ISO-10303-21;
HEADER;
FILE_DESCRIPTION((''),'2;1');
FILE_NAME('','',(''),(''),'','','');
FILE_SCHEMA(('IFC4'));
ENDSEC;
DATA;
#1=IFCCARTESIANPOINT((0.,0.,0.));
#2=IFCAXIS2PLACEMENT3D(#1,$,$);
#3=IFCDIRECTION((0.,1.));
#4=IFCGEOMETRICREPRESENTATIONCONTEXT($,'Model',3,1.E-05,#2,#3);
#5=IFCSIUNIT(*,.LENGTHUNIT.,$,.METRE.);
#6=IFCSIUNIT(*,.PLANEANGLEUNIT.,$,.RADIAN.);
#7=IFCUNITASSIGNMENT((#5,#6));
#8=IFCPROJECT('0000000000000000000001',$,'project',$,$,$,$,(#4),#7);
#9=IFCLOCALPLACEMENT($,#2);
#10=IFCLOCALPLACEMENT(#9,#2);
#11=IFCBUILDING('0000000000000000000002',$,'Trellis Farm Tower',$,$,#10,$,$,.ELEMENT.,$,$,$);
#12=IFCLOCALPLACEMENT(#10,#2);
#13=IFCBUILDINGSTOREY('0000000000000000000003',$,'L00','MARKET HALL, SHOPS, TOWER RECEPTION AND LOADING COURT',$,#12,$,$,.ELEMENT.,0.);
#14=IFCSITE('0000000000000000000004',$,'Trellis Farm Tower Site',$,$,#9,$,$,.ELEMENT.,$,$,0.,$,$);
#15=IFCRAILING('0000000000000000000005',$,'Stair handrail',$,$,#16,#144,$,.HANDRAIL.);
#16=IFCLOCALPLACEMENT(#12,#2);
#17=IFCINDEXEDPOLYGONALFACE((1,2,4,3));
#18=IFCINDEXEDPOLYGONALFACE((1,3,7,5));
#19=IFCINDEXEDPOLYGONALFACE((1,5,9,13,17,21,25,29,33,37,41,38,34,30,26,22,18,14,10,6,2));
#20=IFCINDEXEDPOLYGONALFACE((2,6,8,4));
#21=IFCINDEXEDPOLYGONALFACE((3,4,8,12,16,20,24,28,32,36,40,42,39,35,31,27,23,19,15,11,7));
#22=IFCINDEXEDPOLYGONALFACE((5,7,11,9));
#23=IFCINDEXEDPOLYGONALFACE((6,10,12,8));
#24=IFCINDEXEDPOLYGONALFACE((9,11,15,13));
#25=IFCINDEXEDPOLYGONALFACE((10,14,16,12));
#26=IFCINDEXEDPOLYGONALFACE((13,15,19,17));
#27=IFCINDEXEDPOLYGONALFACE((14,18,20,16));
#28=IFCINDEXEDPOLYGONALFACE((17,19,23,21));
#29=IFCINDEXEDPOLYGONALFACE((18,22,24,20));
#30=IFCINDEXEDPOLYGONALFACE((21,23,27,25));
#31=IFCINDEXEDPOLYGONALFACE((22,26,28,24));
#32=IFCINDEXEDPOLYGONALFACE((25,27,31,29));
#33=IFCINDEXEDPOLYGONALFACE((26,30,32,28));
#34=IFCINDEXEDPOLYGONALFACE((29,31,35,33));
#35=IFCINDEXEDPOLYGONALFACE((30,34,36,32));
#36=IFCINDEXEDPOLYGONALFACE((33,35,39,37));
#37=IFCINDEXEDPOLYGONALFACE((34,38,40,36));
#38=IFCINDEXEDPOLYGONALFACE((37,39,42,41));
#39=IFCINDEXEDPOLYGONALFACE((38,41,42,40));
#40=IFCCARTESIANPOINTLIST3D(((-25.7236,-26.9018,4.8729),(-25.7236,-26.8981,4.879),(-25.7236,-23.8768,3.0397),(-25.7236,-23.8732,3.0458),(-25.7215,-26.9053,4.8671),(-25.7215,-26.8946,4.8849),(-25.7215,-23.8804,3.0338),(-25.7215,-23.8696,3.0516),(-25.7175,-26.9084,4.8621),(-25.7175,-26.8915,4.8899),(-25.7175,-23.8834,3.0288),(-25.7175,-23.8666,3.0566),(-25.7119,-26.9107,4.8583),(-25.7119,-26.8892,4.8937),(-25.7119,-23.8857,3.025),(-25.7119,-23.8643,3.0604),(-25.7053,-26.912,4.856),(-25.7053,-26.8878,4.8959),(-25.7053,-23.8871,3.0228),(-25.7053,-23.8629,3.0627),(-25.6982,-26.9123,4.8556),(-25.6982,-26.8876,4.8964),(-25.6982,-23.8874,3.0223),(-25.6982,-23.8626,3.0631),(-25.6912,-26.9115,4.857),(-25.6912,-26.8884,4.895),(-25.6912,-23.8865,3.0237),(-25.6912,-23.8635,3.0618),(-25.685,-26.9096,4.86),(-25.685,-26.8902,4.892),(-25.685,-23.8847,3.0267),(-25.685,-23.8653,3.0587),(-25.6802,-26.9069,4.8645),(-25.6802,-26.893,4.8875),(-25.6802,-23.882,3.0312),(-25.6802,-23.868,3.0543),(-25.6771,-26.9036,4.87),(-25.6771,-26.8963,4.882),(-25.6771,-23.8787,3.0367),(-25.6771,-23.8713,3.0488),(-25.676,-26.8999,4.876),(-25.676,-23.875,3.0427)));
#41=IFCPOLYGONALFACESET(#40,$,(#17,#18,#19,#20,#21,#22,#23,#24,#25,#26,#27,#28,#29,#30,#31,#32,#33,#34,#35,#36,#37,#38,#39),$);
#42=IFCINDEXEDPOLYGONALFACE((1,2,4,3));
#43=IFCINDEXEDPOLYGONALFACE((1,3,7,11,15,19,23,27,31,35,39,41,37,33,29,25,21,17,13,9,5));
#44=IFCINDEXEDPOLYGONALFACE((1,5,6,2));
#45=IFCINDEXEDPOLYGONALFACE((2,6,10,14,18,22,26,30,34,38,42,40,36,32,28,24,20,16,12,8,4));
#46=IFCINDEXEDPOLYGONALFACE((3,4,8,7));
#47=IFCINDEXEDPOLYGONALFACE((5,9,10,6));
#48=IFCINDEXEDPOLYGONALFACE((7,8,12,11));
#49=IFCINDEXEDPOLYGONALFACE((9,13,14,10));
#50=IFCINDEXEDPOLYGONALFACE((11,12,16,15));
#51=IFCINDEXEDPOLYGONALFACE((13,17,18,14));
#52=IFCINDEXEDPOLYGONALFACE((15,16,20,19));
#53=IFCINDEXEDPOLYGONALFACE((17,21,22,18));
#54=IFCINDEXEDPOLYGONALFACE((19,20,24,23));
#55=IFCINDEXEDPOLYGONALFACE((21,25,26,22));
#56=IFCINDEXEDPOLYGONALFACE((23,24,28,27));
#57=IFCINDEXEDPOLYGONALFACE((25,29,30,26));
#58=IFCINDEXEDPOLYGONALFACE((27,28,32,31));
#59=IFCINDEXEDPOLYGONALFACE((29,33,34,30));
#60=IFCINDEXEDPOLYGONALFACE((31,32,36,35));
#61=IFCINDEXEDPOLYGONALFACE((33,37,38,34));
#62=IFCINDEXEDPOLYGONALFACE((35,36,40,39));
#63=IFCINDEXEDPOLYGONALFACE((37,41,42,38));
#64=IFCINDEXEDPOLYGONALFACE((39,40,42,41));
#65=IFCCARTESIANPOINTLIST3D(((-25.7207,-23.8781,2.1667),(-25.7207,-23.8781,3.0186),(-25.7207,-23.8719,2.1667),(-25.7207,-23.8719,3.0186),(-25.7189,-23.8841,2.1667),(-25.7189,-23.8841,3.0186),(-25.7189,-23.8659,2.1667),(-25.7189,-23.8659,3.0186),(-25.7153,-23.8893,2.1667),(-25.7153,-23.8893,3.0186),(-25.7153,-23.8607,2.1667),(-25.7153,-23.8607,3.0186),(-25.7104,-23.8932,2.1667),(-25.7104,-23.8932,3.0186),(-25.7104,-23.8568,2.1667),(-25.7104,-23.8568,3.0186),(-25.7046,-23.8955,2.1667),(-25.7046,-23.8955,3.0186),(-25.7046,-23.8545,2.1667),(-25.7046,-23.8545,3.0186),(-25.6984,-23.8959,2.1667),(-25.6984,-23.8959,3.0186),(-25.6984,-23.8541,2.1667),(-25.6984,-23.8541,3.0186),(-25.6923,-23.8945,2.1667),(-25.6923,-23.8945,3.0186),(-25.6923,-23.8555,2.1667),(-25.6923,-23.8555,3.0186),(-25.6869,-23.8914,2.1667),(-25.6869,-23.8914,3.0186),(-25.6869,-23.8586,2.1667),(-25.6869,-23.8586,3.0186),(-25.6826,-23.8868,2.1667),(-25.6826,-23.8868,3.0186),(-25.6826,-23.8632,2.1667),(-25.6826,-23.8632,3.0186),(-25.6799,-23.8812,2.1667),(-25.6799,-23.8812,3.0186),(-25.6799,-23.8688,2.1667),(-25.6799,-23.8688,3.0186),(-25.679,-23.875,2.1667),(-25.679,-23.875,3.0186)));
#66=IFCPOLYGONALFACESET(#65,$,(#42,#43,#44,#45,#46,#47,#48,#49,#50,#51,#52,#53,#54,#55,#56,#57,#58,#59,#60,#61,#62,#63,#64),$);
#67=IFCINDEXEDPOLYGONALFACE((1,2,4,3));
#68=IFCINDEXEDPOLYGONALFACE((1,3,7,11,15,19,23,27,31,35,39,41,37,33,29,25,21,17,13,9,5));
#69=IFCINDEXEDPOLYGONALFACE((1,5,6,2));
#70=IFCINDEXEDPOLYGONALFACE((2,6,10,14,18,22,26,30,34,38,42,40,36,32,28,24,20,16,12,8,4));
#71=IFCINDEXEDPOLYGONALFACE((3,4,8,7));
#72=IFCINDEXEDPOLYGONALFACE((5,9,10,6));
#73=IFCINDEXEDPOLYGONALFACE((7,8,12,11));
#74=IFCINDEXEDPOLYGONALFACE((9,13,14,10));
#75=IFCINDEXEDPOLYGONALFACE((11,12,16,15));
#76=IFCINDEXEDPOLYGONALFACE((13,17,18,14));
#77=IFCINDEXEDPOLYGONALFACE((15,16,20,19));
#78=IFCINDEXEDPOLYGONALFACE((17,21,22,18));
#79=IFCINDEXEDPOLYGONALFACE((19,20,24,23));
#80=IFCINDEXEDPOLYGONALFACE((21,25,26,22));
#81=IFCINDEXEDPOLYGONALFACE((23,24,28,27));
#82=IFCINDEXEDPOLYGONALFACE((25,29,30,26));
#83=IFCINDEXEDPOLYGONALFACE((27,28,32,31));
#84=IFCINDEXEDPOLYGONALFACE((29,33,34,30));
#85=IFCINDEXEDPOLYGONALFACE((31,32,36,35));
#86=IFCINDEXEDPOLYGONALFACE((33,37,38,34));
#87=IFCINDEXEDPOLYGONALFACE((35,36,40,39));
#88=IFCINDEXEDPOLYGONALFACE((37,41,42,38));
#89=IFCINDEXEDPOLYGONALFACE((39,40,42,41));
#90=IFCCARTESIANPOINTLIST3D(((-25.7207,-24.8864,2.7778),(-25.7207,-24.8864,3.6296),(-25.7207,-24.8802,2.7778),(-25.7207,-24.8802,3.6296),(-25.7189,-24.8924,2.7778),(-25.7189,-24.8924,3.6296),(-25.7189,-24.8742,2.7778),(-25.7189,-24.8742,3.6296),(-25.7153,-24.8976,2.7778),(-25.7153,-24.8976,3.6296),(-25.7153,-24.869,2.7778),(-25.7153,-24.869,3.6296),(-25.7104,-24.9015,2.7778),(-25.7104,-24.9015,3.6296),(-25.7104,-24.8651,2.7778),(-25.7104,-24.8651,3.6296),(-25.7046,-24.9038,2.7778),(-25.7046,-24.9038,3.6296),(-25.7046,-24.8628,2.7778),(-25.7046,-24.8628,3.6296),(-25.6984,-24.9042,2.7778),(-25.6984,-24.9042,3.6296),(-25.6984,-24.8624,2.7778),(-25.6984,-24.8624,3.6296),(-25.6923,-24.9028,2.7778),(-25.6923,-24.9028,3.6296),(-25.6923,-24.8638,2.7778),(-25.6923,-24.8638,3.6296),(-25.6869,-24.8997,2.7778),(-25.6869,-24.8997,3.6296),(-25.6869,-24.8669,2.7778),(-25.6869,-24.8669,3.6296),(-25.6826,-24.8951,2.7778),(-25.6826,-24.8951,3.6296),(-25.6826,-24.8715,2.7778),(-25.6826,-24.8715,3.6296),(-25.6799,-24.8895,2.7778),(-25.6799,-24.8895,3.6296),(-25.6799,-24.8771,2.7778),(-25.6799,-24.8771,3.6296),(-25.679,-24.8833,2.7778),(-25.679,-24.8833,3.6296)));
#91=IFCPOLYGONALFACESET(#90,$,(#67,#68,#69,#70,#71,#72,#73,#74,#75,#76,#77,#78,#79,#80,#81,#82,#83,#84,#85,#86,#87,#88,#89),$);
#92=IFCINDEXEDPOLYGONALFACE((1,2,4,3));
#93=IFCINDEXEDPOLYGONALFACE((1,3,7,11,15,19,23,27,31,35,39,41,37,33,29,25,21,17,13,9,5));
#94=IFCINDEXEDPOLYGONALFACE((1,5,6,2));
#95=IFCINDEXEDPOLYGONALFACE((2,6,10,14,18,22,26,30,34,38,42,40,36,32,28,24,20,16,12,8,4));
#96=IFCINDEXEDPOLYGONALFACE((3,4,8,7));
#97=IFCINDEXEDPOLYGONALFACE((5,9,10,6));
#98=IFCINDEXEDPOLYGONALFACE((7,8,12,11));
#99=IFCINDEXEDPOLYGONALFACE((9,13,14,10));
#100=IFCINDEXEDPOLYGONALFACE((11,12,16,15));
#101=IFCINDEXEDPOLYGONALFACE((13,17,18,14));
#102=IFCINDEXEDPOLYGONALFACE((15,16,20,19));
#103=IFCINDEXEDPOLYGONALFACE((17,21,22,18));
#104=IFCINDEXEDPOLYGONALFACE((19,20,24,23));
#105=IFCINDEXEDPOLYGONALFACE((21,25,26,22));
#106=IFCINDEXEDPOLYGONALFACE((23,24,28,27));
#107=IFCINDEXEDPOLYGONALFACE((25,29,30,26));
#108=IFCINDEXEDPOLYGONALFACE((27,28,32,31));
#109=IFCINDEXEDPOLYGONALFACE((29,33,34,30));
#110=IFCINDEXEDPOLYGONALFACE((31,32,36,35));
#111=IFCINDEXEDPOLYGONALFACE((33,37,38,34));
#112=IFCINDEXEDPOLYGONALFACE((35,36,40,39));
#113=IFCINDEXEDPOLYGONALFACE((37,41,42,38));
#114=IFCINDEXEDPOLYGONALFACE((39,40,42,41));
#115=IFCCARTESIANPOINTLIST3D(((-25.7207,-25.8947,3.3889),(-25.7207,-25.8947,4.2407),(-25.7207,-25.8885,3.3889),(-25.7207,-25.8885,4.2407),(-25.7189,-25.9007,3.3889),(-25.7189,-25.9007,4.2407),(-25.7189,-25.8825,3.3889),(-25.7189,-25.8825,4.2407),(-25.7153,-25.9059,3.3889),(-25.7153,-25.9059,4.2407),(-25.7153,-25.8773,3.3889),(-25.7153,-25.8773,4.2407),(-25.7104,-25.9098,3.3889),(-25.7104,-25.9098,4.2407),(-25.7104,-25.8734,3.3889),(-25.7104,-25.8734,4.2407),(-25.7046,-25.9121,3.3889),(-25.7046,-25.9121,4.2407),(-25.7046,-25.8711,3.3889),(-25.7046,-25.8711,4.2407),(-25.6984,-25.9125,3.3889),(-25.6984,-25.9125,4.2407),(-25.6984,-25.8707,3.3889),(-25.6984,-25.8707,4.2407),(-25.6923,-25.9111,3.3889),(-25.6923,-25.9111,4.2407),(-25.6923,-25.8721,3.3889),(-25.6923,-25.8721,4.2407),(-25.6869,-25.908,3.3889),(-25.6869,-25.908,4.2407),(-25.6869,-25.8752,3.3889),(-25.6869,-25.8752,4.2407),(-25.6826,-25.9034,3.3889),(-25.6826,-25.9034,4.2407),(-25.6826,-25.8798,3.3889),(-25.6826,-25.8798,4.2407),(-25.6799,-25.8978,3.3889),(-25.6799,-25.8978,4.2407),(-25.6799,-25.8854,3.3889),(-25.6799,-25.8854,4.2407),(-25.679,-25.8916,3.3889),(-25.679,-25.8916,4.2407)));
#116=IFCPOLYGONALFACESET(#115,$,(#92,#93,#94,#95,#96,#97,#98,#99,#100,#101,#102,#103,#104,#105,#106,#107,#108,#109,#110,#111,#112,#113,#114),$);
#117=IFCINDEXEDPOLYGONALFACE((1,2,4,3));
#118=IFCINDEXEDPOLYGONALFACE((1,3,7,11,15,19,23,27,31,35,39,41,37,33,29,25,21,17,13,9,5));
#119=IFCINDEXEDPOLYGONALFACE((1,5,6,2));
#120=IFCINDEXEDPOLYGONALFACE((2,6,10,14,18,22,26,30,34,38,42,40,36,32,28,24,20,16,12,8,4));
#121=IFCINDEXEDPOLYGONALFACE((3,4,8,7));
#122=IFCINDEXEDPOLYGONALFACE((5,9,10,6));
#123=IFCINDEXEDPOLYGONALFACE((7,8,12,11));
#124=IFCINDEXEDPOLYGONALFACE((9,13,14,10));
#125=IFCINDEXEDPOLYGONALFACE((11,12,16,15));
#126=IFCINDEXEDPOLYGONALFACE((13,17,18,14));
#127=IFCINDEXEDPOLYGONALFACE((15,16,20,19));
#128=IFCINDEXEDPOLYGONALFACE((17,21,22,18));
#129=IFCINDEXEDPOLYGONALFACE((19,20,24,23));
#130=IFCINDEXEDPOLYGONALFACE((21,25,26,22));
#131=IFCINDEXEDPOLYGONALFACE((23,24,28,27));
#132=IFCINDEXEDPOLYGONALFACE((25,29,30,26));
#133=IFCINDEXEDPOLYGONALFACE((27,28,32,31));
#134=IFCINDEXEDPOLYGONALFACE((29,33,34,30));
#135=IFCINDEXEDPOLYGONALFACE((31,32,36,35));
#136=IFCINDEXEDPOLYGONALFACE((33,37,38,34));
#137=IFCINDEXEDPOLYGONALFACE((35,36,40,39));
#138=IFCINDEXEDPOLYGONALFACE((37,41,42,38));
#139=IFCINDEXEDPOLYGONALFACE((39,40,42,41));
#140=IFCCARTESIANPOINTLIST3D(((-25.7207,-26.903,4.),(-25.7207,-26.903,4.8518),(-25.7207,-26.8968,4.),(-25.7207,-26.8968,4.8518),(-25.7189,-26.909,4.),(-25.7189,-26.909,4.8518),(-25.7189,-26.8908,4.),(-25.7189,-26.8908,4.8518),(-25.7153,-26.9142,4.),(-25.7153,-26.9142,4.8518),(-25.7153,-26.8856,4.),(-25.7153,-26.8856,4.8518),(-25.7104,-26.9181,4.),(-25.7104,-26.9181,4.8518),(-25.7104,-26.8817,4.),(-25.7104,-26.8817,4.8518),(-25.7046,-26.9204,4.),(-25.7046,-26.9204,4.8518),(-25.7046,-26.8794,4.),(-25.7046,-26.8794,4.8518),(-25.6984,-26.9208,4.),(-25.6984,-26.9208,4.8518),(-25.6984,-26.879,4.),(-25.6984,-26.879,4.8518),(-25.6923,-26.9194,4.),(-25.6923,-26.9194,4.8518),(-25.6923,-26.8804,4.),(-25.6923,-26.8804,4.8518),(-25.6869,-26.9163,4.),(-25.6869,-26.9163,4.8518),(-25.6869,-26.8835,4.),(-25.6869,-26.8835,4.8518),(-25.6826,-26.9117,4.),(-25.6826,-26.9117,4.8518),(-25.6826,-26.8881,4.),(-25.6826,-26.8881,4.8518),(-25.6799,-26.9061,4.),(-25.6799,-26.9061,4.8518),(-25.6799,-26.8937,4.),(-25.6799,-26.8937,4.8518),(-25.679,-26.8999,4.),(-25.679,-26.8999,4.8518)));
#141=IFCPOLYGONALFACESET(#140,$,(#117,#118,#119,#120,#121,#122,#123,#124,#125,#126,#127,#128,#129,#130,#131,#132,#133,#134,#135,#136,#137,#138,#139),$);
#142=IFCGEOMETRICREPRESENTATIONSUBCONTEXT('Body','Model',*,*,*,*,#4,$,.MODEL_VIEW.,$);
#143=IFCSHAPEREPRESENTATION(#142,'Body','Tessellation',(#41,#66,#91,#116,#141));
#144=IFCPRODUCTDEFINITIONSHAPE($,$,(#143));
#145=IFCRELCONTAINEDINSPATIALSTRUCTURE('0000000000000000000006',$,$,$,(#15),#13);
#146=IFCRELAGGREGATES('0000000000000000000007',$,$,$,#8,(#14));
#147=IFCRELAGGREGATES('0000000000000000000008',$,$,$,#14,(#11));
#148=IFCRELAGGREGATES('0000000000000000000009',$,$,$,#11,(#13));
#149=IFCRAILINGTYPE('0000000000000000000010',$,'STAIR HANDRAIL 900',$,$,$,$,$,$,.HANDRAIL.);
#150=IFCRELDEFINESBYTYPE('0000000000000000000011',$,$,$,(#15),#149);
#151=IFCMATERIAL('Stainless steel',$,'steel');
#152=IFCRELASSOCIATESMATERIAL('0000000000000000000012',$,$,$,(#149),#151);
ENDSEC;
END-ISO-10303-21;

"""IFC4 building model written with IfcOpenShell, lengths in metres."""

from ifc_helpers import new_model, si_unit, direction, frame, origin, origin_2d, place, context, subcontext, project, spatial, circle, extrude, source, transform, mapped, material, type_object, element, save


model = new_model("IFC4")

# Units and contexts
model_context = context("Model", 3, precision=1e-05, world=origin(), true_north=direction((0.0, 1.0)))
body_context = subcontext(model_context, "Body", "Model", "MODEL_VIEW")
ifc_project = project(units=[si_unit("LENGTHUNIT", "METRE"), si_unit("PLANEANGLEUNIT", "RADIAN")], contexts=[model_context])

# Site, building, storey
site_placement = place(None, origin())
site = spatial("IfcSite", under=ifc_project, at=site_placement, Name="Trellis Farm Tower Site", CompositionType="ELEMENT", RefElevation=0.0)
building_placement = place(site_placement, origin())
building = spatial("IfcBuilding", under=site, at=building_placement, Name="Trellis Farm Tower", CompositionType="ELEMENT")
storey_placement = place(building_placement, origin())
storey = spatial("IfcBuildingStorey", under=building, at=storey_placement, Name="L00", Description="MARKET HALL, SHOPS, TOWER RECEPTION AND LOADING COURT", CompositionType="ELEMENT", Elevation=0.0)

# Railing
ifc_material_1 = material(Name="Stainless steel", Category="steel")
railing_type = type_object("IfcRailingType", Name="STAIR HANDRAIL 900", PredefinedType="HANDRAIL", material=ifc_material_1)
shared_shape_1 = source(origin(), body_context, "Body", "SweptSolid", [
    extrude(circle(Radius=0.0239, at=origin_2d()), frame((0.0, 0.0, 0.876), z_axis=(0.0, -0.855201, 0.518297), x_axis=(1.0, 0.0, 0.0)), (0.0, 0.0, 1.0), 3.5371),
    extrude(circle(Radius=0.021, at=origin_2d()), origin(), (0.0, 0.0, 1.0), 0.8518),
    extrude(circle(Radius=0.021, at=origin_2d()), frame((0.0, -1.0083, 0.6111)), (0.0, 0.0, 1.0), 0.8518),
    extrude(circle(Radius=0.021, at=origin_2d()), frame((0.0, -2.0166, 1.2222)), (0.0, 0.0, 1.0), 0.8518),
    extrude(circle(Radius=0.021, at=origin_2d()), frame((0.0, -3.0249, 1.8333)), (0.0, 0.0, 1.0), 0.8518),
])
for number, where, name in (
    (1, (-25.7, -23.875, 2.1667), "Stair handrail"),
):
    element("IfcRailing", number, at=place(storey_placement, frame(where)), inside=storey, type_object=railing_type, Name=name, PredefinedType="HANDRAIL", context=body_context, shape_type="MappedRepresentation", body=[
        mapped(shared_shape_1, transform((0.0, 0.0, 0.0))),
    ])

save(model, "model.ifc")
